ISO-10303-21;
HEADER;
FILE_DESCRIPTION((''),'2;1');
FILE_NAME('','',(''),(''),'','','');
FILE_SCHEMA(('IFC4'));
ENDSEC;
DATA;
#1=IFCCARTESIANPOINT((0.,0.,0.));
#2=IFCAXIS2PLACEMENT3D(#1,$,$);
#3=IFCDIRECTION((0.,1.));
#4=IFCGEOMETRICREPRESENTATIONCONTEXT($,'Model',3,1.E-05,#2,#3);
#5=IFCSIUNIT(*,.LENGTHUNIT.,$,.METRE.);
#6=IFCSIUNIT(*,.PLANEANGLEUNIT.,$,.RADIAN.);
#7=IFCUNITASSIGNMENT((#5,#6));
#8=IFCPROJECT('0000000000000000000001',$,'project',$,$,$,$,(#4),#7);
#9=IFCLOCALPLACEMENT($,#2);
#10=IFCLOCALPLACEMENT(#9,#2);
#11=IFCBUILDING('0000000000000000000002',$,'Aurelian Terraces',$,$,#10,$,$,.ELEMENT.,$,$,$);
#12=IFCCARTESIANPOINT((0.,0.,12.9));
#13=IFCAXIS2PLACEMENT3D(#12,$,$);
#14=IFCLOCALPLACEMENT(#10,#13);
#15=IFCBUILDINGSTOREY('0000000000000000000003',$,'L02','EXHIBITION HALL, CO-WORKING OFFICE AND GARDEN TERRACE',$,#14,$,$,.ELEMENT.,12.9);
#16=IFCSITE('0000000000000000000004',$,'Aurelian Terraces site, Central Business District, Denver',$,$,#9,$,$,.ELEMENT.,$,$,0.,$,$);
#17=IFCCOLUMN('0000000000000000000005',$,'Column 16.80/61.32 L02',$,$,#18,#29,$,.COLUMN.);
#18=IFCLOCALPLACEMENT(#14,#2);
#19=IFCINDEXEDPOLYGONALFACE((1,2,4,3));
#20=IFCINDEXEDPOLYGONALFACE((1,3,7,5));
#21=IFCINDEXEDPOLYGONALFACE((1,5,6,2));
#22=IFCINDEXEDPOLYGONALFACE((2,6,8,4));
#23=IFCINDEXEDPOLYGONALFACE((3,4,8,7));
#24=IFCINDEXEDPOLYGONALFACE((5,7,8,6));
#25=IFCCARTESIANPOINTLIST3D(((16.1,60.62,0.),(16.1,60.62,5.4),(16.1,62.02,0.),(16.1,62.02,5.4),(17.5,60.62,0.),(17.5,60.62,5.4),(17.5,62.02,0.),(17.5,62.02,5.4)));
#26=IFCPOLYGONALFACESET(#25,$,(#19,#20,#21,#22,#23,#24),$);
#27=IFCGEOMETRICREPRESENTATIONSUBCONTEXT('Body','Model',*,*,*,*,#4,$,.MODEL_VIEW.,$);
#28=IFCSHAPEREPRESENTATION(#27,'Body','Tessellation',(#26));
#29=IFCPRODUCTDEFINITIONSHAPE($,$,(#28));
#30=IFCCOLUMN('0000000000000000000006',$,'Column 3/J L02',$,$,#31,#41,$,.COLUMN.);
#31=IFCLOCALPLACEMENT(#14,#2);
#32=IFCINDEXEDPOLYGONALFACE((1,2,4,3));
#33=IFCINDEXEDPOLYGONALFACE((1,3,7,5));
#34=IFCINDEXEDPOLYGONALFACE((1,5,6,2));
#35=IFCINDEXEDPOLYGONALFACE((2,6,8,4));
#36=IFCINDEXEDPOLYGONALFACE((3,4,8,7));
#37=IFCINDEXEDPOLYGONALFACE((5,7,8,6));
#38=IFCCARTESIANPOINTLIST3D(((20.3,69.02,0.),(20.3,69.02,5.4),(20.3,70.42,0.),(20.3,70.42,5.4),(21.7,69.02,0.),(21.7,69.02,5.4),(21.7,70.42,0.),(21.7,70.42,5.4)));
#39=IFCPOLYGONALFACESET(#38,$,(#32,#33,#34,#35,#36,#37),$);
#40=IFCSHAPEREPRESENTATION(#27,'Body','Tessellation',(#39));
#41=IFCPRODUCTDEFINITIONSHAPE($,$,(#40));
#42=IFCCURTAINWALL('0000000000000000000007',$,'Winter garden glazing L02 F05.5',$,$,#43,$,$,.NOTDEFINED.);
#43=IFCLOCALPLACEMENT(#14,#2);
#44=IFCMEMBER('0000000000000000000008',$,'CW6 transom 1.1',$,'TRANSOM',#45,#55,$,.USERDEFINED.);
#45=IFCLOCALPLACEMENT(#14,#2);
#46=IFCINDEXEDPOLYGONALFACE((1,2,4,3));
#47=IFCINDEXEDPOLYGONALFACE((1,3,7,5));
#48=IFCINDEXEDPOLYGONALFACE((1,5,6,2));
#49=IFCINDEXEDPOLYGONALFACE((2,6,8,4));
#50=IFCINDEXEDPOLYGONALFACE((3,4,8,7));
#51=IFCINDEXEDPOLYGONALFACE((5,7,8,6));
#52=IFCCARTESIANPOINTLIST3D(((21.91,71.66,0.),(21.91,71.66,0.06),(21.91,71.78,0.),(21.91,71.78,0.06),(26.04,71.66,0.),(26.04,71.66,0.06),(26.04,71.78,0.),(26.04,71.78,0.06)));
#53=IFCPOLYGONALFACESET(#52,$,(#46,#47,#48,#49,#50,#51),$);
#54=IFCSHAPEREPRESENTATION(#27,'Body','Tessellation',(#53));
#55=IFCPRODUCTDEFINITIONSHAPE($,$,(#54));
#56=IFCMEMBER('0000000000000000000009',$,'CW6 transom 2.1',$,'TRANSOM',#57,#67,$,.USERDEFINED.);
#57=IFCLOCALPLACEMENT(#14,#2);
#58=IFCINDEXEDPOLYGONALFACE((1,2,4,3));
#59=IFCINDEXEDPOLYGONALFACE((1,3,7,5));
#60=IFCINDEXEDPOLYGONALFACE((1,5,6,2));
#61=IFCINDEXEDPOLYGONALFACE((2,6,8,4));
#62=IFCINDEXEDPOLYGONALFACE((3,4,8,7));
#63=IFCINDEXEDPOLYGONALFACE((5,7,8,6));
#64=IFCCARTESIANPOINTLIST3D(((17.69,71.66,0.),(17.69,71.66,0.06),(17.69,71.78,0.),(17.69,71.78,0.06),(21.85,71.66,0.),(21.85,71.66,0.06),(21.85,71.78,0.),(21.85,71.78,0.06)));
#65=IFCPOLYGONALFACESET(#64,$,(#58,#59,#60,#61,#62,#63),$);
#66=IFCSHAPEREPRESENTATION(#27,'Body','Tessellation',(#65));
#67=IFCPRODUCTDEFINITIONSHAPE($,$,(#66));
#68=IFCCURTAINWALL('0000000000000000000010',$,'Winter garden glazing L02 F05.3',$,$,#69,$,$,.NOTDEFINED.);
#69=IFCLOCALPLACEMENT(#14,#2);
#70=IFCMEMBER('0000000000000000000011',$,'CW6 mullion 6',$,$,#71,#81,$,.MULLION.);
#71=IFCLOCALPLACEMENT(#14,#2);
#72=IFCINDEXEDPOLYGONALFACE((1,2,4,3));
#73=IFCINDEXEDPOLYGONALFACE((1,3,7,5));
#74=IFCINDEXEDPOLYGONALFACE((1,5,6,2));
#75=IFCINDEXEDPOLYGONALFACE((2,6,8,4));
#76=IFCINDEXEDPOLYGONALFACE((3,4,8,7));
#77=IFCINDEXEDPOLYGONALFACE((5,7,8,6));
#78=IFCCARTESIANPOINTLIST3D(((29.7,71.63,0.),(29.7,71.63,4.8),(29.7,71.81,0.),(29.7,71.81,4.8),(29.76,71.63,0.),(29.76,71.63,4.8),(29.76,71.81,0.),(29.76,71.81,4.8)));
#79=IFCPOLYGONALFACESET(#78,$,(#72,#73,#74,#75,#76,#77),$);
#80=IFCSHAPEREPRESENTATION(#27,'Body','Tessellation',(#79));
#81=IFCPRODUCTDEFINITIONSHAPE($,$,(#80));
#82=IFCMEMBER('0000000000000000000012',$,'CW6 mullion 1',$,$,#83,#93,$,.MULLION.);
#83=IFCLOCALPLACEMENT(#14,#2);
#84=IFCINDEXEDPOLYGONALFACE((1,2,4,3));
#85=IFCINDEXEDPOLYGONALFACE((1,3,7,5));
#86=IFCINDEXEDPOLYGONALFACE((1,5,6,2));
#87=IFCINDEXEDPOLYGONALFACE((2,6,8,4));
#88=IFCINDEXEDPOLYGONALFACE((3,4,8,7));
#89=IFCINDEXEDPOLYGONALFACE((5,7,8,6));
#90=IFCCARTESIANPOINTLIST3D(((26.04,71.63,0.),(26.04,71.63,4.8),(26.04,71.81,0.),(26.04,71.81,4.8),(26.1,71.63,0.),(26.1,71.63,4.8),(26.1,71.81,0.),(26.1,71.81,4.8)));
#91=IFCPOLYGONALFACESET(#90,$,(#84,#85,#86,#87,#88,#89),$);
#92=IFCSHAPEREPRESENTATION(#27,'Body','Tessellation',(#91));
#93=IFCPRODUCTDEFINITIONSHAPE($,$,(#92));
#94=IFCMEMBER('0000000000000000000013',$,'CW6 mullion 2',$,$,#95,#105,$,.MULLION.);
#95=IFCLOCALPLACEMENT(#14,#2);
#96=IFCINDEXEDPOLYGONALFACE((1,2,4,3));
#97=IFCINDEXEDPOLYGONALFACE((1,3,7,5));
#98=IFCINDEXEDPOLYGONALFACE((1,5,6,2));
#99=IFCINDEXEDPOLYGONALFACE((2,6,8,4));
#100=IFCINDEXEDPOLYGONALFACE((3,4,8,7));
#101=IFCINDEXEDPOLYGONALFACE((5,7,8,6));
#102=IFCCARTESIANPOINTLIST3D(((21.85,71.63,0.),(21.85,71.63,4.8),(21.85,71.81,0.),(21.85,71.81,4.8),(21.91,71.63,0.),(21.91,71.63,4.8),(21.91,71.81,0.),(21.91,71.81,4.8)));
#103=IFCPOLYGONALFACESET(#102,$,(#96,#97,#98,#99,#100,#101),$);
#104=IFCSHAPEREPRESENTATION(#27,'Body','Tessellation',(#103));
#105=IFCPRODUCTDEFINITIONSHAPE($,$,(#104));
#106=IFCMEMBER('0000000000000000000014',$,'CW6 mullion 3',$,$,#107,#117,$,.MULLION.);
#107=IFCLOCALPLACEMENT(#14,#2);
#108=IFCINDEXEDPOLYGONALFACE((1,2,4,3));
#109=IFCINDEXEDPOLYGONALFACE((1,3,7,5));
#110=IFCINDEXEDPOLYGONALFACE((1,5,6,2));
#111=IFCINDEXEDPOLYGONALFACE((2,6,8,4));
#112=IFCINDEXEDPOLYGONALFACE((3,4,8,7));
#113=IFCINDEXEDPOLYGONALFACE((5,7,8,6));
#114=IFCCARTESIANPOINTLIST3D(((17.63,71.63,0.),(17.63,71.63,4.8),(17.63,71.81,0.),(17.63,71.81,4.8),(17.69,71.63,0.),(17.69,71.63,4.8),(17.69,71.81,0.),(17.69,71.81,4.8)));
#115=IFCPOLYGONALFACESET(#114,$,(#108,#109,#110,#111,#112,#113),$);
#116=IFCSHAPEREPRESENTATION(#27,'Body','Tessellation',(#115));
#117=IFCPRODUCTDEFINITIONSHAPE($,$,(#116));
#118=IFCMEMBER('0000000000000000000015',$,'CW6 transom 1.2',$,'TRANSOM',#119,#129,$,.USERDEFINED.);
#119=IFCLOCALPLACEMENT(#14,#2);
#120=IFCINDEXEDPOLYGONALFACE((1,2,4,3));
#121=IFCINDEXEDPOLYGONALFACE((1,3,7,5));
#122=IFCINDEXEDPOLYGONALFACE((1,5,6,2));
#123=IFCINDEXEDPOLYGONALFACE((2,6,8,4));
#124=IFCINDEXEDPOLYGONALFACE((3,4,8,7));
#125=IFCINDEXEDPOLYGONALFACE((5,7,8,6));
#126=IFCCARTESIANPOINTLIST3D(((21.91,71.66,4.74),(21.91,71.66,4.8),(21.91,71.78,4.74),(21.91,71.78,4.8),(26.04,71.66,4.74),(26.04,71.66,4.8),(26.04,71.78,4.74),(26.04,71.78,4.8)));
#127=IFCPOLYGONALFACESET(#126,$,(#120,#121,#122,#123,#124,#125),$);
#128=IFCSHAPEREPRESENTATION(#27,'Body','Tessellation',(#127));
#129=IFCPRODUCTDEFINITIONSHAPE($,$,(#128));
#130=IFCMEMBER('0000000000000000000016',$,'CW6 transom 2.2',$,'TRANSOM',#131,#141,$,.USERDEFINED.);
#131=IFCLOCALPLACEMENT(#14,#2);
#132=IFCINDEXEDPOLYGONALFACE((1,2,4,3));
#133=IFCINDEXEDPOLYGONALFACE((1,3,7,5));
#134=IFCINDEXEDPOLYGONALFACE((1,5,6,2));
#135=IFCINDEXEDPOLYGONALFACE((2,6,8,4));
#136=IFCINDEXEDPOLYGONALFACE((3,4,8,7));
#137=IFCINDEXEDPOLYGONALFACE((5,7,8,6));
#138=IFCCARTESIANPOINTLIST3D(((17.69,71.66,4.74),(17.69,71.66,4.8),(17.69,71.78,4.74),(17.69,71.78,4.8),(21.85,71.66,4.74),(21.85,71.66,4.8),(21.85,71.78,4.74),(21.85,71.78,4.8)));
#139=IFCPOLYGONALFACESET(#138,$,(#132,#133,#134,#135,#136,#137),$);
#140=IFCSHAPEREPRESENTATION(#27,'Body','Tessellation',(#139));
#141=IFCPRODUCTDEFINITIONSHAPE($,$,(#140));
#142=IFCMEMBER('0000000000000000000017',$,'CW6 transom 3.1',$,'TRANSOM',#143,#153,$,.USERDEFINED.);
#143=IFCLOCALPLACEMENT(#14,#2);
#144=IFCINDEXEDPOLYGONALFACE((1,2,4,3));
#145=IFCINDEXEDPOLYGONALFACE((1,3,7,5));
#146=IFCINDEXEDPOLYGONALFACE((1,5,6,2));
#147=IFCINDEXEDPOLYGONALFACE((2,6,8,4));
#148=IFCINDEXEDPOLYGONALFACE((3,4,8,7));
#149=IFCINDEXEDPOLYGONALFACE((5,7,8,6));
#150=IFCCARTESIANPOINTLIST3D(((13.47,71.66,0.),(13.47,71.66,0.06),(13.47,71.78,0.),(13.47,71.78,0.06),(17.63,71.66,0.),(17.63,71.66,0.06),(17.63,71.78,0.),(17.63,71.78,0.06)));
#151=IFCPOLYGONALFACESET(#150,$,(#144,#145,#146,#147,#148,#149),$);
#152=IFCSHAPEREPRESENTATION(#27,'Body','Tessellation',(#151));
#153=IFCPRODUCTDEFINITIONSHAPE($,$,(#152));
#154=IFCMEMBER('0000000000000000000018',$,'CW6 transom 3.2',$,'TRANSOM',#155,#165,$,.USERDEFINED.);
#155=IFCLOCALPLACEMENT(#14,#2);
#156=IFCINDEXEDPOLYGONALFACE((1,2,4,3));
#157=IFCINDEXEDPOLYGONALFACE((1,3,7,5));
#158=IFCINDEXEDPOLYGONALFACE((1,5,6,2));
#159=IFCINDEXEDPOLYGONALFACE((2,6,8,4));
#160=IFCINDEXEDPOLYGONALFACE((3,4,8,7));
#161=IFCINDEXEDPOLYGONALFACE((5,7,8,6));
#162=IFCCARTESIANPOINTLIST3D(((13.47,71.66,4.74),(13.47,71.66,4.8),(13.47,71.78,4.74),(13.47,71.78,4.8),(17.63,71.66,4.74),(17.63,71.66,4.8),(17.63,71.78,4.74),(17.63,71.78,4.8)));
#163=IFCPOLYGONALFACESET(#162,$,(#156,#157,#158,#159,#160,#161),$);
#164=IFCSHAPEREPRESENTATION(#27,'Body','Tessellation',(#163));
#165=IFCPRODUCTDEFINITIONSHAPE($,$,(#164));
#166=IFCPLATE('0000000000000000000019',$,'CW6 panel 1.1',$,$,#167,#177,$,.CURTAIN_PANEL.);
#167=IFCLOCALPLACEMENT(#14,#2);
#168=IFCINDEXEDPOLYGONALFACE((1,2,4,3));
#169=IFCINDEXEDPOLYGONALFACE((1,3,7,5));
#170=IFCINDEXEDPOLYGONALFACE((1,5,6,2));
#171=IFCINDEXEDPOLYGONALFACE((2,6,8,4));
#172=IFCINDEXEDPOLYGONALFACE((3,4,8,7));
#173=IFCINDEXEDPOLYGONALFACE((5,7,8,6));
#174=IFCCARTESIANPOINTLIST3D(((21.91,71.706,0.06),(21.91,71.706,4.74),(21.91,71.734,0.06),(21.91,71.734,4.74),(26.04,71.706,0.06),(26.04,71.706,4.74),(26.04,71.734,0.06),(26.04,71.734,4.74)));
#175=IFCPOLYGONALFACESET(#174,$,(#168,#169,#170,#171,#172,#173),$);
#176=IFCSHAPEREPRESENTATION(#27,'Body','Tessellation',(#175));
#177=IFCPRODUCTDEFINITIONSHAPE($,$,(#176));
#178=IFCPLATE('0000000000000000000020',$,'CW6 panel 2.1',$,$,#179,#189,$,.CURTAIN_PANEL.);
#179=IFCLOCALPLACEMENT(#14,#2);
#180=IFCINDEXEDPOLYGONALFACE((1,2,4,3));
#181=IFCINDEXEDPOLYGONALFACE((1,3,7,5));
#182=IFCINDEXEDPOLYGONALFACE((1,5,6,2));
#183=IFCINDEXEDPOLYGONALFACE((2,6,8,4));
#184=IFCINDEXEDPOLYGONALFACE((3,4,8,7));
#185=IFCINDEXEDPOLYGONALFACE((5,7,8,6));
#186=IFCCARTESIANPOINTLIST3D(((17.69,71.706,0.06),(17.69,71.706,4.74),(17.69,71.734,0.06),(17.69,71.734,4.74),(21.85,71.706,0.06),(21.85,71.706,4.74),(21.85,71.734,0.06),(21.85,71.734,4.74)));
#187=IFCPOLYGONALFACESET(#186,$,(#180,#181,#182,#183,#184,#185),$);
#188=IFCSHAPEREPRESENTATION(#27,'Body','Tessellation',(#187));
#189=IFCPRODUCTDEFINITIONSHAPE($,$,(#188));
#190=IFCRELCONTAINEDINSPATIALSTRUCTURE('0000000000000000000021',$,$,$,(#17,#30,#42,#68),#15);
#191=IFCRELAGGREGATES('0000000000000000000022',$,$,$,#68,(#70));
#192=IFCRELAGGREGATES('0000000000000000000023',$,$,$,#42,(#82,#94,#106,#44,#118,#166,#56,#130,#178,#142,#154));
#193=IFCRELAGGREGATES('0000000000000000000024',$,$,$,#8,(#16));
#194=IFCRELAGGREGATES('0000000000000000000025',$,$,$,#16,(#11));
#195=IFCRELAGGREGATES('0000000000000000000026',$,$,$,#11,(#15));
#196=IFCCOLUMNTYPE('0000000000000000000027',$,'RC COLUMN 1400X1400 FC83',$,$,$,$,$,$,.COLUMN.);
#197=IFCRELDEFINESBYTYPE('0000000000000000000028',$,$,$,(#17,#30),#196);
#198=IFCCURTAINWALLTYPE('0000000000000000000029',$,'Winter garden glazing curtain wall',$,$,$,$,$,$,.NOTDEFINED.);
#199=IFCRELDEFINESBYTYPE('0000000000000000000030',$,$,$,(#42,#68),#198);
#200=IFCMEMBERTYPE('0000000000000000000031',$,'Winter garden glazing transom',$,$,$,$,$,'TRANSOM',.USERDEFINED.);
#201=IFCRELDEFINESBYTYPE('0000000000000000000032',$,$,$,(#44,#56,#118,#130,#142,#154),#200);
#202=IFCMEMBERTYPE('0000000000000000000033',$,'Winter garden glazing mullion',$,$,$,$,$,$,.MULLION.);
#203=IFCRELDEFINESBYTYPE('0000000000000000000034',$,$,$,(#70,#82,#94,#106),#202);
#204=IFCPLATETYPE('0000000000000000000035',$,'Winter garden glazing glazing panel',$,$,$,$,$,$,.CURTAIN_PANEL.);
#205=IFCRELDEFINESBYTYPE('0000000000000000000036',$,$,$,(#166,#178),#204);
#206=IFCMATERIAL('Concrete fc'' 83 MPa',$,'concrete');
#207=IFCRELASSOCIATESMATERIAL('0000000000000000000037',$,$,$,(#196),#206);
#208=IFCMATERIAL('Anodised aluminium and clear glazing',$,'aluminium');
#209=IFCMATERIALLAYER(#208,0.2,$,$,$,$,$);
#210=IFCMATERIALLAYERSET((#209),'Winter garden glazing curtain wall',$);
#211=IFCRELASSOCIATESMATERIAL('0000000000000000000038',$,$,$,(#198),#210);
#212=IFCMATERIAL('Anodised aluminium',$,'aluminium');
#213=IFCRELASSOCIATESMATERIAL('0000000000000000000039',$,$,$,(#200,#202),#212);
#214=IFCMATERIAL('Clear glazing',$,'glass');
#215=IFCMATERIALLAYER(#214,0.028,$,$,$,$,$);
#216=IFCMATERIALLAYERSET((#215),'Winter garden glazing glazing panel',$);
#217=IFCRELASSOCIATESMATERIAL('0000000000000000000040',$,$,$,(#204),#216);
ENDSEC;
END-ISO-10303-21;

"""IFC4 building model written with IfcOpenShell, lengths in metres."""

from ifc_helpers import new_model, si_unit, direction, frame, origin, origin_2d, place, context, subcontext, project, spatial, rectangle, extrude, source, transform, mapped, material, layer, layer_set, material_profile, profile_set, type_object, element, aggregate, save


model = new_model("IFC4")

# Units and contexts
model_context = context("Model", 3, precision=1e-05, world=origin(), true_north=direction((0.0, 1.0)))
body_context = subcontext(model_context, "Body", "Model", "MODEL_VIEW")
ifc_project = project(units=[si_unit("LENGTHUNIT", "METRE"), si_unit("PLANEANGLEUNIT", "RADIAN")], contexts=[model_context])

# Site, building, storey
site_placement = place(None, origin())
site = spatial("IfcSite", under=ifc_project, at=site_placement, Name="Aurelian Terraces site, Central Business District, Denver", CompositionType="ELEMENT", RefElevation=0.0)
building_placement = place(site_placement, origin())
building = spatial("IfcBuilding", under=site, at=building_placement, Name="Aurelian Terraces", CompositionType="ELEMENT")
storey_placement = place(building_placement, frame((0.0, 0.0, 12.9)))
storey = spatial("IfcBuildingStorey", under=building, at=storey_placement, Name="L02", Description="EXHIBITION HALL, CO-WORKING OFFICE AND GARDEN TERRACE", CompositionType="ELEMENT", Elevation=12.9)

# Columns
ifc_material_1 = material(Name="Concrete fc' 83 MPa", Category="concrete")
ifc_material_profile_1 = material_profile(ifc_material_1, rectangle(XDim=1.4, YDim=1.4, at=origin_2d()))
ifc_profile_set_1 = profile_set([ifc_material_profile_1], Name="Concrete fc' 83 MPa")
column_type = type_object("IfcColumnType", Name="RC COLUMN 1400X1400 FC83", PredefinedType="COLUMN", material=ifc_profile_set_1)
shared_shape_1 = source(origin(), body_context, "Body", "SweptSolid", [
    extrude(rectangle(XDim=1.4, YDim=1.4, at=origin_2d()), origin(), (0.0, 0.0, 1.0), 5.4),
])
for number, where, z_axis, x_axis, name in (
    (1, (16.8, 61.32, 0.0), (0.0, 0.0, 1.0), (1.0, 0.0, 0.0), "Column 16.80/61.32 L02"),
    (2, (21.0, 69.72, 0.0), (0.0, 0.0, 1.0), (1.0, 0.0, 0.0), "Column 3/J L02"),
):
    element("IfcColumn", number, at=place(storey_placement, frame(where, z_axis=z_axis, x_axis=x_axis)), inside=storey, type_object=column_type, Name=name, PredefinedType="COLUMN", context=body_context, shape_type="MappedRepresentation", body=[
        mapped(shared_shape_1, transform((0.0, 0.0, 0.0), scale=1.0)),
    ])

# Curtain wall, members
ifc_material_2 = material(Name="Anodised aluminium and clear glazing", Category="aluminium")
ifc_layer_1 = layer(ifc_material_2, 0.2)
ifc_layer_set_1 = layer_set([ifc_layer_1], Name="Winter garden glazing curtain wall")
curtain_wall_type = type_object("IfcCurtainWallType", Name="Winter garden glazing curtain wall", PredefinedType="NOTDEFINED", material=ifc_layer_set_1)
curtain_wall_1_placement = place(storey_placement, origin())
curtain_wall_1 = element("IfcCurtainWall", 3, at=curtain_wall_1_placement, inside=storey, type_object=curtain_wall_type, Name="Winter garden glazing L02 F05.5", PredefinedType="NOTDEFINED")
ifc_material_3 = material(Name="Anodised aluminium", Category="aluminium")
ifc_material_profile_2 = material_profile(ifc_material_3, rectangle(XDim=0.12, YDim=0.06, at=origin_2d()))
ifc_profile_set_2 = profile_set([ifc_material_profile_2], Name="Anodised aluminium")
member_type_1 = type_object("IfcMemberType", Name="Winter garden glazing transom", ElementType="TRANSOM", PredefinedType="USERDEFINED", material=ifc_profile_set_2)
member_1_placement = place(storey_placement, frame((26.04, 71.72, 0.03), z_axis=(-1.0, 0.0, 0.0), x_axis=(0.0, -1.0, 0.0)))
member_1 = element("IfcMember", 4, at=member_1_placement, type_object=member_type_1, Name="CW6 transom 1.1", ObjectType="TRANSOM", PredefinedType="USERDEFINED", context=body_context, shape_type="SweptSolid", body=[
    extrude(rectangle(XDim=0.12, YDim=0.06, at=origin_2d()), origin(), (0.0, 0.0, 1.0), 4.13),
])
member_2_placement = place(storey_placement, frame((21.85, 71.72, 0.03), z_axis=(-1.0, 0.0, 0.0), x_axis=(0.0, -1.0, 0.0)))
member_2 = element("IfcMember", 5, at=member_2_placement, type_object=member_type_1, Name="CW6 transom 2.1", ObjectType="TRANSOM", PredefinedType="USERDEFINED", context=body_context, shape_type="SweptSolid", body=[
    extrude(rectangle(XDim=0.12, YDim=0.06, at=origin_2d()), origin(), (0.0, 0.0, 1.0), 4.16),
])

# Curtain wall, member
curtain_wall_2_placement = place(storey_placement, origin())
curtain_wall_2 = element("IfcCurtainWall", 6, at=curtain_wall_2_placement, inside=storey, type_object=curtain_wall_type, Name="Winter garden glazing L02 F05.3", PredefinedType="NOTDEFINED")
ifc_material_profile_3 = material_profile(ifc_material_3, rectangle(XDim=0.18, YDim=0.06, at=origin_2d()))
ifc_profile_set_3 = profile_set([ifc_material_profile_3], Name="Anodised aluminium")
member_type_2 = type_object("IfcMemberType", Name="Winter garden glazing mullion", PredefinedType="MULLION", material=ifc_profile_set_3)
shared_shape_2 = source(origin(), body_context, "Body", "SweptSolid", [
    extrude(rectangle(XDim=0.18, YDim=0.06, at=origin_2d()), origin(), (0.0, 0.0, 1.0), 4.8),
])
member_3_placement = place(storey_placement, frame((29.73, 71.72, 0.0), z_axis=(0.0, 0.0, 1.0), x_axis=(0.0, -1.0, 0.0)))
member_3 = element("IfcMember", 7, at=member_3_placement, type_object=member_type_2, Name="CW6 mullion 6", PredefinedType="MULLION", context=body_context, shape_type="MappedRepresentation", body=[
    mapped(shared_shape_2, transform((0.0, 0.0, 0.0), scale=1.0)),
])

# Members
member_4_placement = place(storey_placement, frame((26.07, 71.72, 0.0), z_axis=(0.0, 0.0, 1.0), x_axis=(0.0, -1.0, 0.0)))
member_4 = element("IfcMember", 8, at=member_4_placement, type_object=member_type_2, Name="CW6 mullion 1", PredefinedType="MULLION", context=body_context, shape_type="MappedRepresentation", body=[
    mapped(shared_shape_2, transform((0.0, 0.0, 0.0), scale=1.0)),
])
member_5_placement = place(storey_placement, frame((21.88, 71.72, 0.0), z_axis=(0.0, 0.0, 1.0), x_axis=(0.0, -1.0, 0.0)))
member_5 = element("IfcMember", 9, at=member_5_placement, type_object=member_type_2, Name="CW6 mullion 2", PredefinedType="MULLION", context=body_context, shape_type="MappedRepresentation", body=[
    mapped(shared_shape_2, transform((0.0, 0.0, 0.0), scale=1.0)),
])
member_6_placement = place(storey_placement, frame((17.66, 71.72, 0.0), z_axis=(0.0, 0.0, 1.0), x_axis=(0.0, -1.0, 0.0)))
member_6 = element("IfcMember", 10, at=member_6_placement, type_object=member_type_2, Name="CW6 mullion 3", PredefinedType="MULLION", context=body_context, shape_type="MappedRepresentation", body=[
    mapped(shared_shape_2, transform((0.0, 0.0, 0.0), scale=1.0)),
])
shared_shape_3 = source(origin(), body_context, "Body", "SweptSolid", [
    extrude(rectangle(XDim=0.12, YDim=0.06, at=origin_2d()), origin(), (0.0, 0.0, 1.0), 4.13),
])
member_7_placement = place(storey_placement, frame((26.04, 71.72, 4.77), z_axis=(-1.0, 0.0, 0.0), x_axis=(0.0, -1.0, 0.0)))
member_7 = element("IfcMember", 11, at=member_7_placement, type_object=member_type_1, Name="CW6 transom 1.2", ObjectType="TRANSOM", PredefinedType="USERDEFINED", context=body_context, shape_type="MappedRepresentation", body=[
    mapped(shared_shape_3, transform((0.0, 0.0, 0.0), scale=1.0)),
])
shared_shape_4 = source(origin(), body_context, "Body", "SweptSolid", [
    extrude(rectangle(XDim=0.12, YDim=0.06, at=origin_2d()), origin(), (0.0, 0.0, 1.0), 4.16),
])
member_8_placement = place(storey_placement, frame((21.85, 71.72, 4.77), z_axis=(-1.0, 0.0, 0.0), x_axis=(0.0, -1.0, 0.0)))
member_8 = element("IfcMember", 12, at=member_8_placement, type_object=member_type_1, Name="CW6 transom 2.2", ObjectType="TRANSOM", PredefinedType="USERDEFINED", context=body_context, shape_type="MappedRepresentation", body=[
    mapped(shared_shape_4, transform((0.0, 0.0, 0.0), scale=1.0)),
])
member_9_placement = place(storey_placement, frame((17.63, 71.72, 0.03), z_axis=(-1.0, 0.0, 0.0), x_axis=(0.0, -1.0, 0.0)))
member_9 = element("IfcMember", 13, at=member_9_placement, type_object=member_type_1, Name="CW6 transom 3.1", ObjectType="TRANSOM", PredefinedType="USERDEFINED", context=body_context, shape_type="MappedRepresentation", body=[
    mapped(shared_shape_4, transform((0.0, 0.0, 0.0), scale=1.0)),
])
member_10_placement = place(storey_placement, frame((17.63, 71.72, 4.77), z_axis=(-1.0, 0.0, 0.0), x_axis=(0.0, -1.0, 0.0)))
member_10 = element("IfcMember", 14, at=member_10_placement, type_object=member_type_1, Name="CW6 transom 3.2", ObjectType="TRANSOM", PredefinedType="USERDEFINED", context=body_context, shape_type="MappedRepresentation", body=[
    mapped(shared_shape_4, transform((0.0, 0.0, 0.0), scale=1.0)),
])

# Plates
ifc_material_4 = material(Name="Clear glazing", Category="glass")
ifc_layer_2 = layer(ifc_material_4, 0.028)
ifc_layer_set_2 = layer_set([ifc_layer_2], Name="Winter garden glazing glazing panel")
plate_type = type_object("IfcPlateType", Name="Winter garden glazing glazing panel", PredefinedType="CURTAIN_PANEL", material=ifc_layer_set_2)
plate_1_placement = place(storey_placement, frame((23.975, 71.72, 0.06), z_axis=(0.0, 0.0, 1.0), x_axis=(-1.0, 0.0, 0.0)))
plate_1 = element("IfcPlate", 15, at=plate_1_placement, type_object=plate_type, Name="CW6 panel 1.1", PredefinedType="CURTAIN_PANEL", context=body_context, shape_type="SweptSolid", body=[
    extrude(rectangle(XDim=4.13, YDim=0.028, at=origin_2d()), origin(), (0.0, 0.0, 1.0), 4.68),
])
plate_2_placement = place(storey_placement, frame((19.77, 71.72, 0.06), z_axis=(0.0, 0.0, 1.0), x_axis=(-1.0, 0.0, 0.0)))
plate_2 = element("IfcPlate", 16, at=plate_2_placement, type_object=plate_type, Name="CW6 panel 2.1", PredefinedType="CURTAIN_PANEL", context=body_context, shape_type="SweptSolid", body=[
    extrude(rectangle(XDim=4.16, YDim=0.028, at=origin_2d()), origin(), (0.0, 0.0, 1.0), 4.68),
])
aggregate(curtain_wall_2, [member_3])
aggregate(curtain_wall_1, [member_4, member_5, member_6, member_1, member_7, plate_1, member_2, member_8, plate_2, member_9, member_10])

save(model, "model.ifc")
